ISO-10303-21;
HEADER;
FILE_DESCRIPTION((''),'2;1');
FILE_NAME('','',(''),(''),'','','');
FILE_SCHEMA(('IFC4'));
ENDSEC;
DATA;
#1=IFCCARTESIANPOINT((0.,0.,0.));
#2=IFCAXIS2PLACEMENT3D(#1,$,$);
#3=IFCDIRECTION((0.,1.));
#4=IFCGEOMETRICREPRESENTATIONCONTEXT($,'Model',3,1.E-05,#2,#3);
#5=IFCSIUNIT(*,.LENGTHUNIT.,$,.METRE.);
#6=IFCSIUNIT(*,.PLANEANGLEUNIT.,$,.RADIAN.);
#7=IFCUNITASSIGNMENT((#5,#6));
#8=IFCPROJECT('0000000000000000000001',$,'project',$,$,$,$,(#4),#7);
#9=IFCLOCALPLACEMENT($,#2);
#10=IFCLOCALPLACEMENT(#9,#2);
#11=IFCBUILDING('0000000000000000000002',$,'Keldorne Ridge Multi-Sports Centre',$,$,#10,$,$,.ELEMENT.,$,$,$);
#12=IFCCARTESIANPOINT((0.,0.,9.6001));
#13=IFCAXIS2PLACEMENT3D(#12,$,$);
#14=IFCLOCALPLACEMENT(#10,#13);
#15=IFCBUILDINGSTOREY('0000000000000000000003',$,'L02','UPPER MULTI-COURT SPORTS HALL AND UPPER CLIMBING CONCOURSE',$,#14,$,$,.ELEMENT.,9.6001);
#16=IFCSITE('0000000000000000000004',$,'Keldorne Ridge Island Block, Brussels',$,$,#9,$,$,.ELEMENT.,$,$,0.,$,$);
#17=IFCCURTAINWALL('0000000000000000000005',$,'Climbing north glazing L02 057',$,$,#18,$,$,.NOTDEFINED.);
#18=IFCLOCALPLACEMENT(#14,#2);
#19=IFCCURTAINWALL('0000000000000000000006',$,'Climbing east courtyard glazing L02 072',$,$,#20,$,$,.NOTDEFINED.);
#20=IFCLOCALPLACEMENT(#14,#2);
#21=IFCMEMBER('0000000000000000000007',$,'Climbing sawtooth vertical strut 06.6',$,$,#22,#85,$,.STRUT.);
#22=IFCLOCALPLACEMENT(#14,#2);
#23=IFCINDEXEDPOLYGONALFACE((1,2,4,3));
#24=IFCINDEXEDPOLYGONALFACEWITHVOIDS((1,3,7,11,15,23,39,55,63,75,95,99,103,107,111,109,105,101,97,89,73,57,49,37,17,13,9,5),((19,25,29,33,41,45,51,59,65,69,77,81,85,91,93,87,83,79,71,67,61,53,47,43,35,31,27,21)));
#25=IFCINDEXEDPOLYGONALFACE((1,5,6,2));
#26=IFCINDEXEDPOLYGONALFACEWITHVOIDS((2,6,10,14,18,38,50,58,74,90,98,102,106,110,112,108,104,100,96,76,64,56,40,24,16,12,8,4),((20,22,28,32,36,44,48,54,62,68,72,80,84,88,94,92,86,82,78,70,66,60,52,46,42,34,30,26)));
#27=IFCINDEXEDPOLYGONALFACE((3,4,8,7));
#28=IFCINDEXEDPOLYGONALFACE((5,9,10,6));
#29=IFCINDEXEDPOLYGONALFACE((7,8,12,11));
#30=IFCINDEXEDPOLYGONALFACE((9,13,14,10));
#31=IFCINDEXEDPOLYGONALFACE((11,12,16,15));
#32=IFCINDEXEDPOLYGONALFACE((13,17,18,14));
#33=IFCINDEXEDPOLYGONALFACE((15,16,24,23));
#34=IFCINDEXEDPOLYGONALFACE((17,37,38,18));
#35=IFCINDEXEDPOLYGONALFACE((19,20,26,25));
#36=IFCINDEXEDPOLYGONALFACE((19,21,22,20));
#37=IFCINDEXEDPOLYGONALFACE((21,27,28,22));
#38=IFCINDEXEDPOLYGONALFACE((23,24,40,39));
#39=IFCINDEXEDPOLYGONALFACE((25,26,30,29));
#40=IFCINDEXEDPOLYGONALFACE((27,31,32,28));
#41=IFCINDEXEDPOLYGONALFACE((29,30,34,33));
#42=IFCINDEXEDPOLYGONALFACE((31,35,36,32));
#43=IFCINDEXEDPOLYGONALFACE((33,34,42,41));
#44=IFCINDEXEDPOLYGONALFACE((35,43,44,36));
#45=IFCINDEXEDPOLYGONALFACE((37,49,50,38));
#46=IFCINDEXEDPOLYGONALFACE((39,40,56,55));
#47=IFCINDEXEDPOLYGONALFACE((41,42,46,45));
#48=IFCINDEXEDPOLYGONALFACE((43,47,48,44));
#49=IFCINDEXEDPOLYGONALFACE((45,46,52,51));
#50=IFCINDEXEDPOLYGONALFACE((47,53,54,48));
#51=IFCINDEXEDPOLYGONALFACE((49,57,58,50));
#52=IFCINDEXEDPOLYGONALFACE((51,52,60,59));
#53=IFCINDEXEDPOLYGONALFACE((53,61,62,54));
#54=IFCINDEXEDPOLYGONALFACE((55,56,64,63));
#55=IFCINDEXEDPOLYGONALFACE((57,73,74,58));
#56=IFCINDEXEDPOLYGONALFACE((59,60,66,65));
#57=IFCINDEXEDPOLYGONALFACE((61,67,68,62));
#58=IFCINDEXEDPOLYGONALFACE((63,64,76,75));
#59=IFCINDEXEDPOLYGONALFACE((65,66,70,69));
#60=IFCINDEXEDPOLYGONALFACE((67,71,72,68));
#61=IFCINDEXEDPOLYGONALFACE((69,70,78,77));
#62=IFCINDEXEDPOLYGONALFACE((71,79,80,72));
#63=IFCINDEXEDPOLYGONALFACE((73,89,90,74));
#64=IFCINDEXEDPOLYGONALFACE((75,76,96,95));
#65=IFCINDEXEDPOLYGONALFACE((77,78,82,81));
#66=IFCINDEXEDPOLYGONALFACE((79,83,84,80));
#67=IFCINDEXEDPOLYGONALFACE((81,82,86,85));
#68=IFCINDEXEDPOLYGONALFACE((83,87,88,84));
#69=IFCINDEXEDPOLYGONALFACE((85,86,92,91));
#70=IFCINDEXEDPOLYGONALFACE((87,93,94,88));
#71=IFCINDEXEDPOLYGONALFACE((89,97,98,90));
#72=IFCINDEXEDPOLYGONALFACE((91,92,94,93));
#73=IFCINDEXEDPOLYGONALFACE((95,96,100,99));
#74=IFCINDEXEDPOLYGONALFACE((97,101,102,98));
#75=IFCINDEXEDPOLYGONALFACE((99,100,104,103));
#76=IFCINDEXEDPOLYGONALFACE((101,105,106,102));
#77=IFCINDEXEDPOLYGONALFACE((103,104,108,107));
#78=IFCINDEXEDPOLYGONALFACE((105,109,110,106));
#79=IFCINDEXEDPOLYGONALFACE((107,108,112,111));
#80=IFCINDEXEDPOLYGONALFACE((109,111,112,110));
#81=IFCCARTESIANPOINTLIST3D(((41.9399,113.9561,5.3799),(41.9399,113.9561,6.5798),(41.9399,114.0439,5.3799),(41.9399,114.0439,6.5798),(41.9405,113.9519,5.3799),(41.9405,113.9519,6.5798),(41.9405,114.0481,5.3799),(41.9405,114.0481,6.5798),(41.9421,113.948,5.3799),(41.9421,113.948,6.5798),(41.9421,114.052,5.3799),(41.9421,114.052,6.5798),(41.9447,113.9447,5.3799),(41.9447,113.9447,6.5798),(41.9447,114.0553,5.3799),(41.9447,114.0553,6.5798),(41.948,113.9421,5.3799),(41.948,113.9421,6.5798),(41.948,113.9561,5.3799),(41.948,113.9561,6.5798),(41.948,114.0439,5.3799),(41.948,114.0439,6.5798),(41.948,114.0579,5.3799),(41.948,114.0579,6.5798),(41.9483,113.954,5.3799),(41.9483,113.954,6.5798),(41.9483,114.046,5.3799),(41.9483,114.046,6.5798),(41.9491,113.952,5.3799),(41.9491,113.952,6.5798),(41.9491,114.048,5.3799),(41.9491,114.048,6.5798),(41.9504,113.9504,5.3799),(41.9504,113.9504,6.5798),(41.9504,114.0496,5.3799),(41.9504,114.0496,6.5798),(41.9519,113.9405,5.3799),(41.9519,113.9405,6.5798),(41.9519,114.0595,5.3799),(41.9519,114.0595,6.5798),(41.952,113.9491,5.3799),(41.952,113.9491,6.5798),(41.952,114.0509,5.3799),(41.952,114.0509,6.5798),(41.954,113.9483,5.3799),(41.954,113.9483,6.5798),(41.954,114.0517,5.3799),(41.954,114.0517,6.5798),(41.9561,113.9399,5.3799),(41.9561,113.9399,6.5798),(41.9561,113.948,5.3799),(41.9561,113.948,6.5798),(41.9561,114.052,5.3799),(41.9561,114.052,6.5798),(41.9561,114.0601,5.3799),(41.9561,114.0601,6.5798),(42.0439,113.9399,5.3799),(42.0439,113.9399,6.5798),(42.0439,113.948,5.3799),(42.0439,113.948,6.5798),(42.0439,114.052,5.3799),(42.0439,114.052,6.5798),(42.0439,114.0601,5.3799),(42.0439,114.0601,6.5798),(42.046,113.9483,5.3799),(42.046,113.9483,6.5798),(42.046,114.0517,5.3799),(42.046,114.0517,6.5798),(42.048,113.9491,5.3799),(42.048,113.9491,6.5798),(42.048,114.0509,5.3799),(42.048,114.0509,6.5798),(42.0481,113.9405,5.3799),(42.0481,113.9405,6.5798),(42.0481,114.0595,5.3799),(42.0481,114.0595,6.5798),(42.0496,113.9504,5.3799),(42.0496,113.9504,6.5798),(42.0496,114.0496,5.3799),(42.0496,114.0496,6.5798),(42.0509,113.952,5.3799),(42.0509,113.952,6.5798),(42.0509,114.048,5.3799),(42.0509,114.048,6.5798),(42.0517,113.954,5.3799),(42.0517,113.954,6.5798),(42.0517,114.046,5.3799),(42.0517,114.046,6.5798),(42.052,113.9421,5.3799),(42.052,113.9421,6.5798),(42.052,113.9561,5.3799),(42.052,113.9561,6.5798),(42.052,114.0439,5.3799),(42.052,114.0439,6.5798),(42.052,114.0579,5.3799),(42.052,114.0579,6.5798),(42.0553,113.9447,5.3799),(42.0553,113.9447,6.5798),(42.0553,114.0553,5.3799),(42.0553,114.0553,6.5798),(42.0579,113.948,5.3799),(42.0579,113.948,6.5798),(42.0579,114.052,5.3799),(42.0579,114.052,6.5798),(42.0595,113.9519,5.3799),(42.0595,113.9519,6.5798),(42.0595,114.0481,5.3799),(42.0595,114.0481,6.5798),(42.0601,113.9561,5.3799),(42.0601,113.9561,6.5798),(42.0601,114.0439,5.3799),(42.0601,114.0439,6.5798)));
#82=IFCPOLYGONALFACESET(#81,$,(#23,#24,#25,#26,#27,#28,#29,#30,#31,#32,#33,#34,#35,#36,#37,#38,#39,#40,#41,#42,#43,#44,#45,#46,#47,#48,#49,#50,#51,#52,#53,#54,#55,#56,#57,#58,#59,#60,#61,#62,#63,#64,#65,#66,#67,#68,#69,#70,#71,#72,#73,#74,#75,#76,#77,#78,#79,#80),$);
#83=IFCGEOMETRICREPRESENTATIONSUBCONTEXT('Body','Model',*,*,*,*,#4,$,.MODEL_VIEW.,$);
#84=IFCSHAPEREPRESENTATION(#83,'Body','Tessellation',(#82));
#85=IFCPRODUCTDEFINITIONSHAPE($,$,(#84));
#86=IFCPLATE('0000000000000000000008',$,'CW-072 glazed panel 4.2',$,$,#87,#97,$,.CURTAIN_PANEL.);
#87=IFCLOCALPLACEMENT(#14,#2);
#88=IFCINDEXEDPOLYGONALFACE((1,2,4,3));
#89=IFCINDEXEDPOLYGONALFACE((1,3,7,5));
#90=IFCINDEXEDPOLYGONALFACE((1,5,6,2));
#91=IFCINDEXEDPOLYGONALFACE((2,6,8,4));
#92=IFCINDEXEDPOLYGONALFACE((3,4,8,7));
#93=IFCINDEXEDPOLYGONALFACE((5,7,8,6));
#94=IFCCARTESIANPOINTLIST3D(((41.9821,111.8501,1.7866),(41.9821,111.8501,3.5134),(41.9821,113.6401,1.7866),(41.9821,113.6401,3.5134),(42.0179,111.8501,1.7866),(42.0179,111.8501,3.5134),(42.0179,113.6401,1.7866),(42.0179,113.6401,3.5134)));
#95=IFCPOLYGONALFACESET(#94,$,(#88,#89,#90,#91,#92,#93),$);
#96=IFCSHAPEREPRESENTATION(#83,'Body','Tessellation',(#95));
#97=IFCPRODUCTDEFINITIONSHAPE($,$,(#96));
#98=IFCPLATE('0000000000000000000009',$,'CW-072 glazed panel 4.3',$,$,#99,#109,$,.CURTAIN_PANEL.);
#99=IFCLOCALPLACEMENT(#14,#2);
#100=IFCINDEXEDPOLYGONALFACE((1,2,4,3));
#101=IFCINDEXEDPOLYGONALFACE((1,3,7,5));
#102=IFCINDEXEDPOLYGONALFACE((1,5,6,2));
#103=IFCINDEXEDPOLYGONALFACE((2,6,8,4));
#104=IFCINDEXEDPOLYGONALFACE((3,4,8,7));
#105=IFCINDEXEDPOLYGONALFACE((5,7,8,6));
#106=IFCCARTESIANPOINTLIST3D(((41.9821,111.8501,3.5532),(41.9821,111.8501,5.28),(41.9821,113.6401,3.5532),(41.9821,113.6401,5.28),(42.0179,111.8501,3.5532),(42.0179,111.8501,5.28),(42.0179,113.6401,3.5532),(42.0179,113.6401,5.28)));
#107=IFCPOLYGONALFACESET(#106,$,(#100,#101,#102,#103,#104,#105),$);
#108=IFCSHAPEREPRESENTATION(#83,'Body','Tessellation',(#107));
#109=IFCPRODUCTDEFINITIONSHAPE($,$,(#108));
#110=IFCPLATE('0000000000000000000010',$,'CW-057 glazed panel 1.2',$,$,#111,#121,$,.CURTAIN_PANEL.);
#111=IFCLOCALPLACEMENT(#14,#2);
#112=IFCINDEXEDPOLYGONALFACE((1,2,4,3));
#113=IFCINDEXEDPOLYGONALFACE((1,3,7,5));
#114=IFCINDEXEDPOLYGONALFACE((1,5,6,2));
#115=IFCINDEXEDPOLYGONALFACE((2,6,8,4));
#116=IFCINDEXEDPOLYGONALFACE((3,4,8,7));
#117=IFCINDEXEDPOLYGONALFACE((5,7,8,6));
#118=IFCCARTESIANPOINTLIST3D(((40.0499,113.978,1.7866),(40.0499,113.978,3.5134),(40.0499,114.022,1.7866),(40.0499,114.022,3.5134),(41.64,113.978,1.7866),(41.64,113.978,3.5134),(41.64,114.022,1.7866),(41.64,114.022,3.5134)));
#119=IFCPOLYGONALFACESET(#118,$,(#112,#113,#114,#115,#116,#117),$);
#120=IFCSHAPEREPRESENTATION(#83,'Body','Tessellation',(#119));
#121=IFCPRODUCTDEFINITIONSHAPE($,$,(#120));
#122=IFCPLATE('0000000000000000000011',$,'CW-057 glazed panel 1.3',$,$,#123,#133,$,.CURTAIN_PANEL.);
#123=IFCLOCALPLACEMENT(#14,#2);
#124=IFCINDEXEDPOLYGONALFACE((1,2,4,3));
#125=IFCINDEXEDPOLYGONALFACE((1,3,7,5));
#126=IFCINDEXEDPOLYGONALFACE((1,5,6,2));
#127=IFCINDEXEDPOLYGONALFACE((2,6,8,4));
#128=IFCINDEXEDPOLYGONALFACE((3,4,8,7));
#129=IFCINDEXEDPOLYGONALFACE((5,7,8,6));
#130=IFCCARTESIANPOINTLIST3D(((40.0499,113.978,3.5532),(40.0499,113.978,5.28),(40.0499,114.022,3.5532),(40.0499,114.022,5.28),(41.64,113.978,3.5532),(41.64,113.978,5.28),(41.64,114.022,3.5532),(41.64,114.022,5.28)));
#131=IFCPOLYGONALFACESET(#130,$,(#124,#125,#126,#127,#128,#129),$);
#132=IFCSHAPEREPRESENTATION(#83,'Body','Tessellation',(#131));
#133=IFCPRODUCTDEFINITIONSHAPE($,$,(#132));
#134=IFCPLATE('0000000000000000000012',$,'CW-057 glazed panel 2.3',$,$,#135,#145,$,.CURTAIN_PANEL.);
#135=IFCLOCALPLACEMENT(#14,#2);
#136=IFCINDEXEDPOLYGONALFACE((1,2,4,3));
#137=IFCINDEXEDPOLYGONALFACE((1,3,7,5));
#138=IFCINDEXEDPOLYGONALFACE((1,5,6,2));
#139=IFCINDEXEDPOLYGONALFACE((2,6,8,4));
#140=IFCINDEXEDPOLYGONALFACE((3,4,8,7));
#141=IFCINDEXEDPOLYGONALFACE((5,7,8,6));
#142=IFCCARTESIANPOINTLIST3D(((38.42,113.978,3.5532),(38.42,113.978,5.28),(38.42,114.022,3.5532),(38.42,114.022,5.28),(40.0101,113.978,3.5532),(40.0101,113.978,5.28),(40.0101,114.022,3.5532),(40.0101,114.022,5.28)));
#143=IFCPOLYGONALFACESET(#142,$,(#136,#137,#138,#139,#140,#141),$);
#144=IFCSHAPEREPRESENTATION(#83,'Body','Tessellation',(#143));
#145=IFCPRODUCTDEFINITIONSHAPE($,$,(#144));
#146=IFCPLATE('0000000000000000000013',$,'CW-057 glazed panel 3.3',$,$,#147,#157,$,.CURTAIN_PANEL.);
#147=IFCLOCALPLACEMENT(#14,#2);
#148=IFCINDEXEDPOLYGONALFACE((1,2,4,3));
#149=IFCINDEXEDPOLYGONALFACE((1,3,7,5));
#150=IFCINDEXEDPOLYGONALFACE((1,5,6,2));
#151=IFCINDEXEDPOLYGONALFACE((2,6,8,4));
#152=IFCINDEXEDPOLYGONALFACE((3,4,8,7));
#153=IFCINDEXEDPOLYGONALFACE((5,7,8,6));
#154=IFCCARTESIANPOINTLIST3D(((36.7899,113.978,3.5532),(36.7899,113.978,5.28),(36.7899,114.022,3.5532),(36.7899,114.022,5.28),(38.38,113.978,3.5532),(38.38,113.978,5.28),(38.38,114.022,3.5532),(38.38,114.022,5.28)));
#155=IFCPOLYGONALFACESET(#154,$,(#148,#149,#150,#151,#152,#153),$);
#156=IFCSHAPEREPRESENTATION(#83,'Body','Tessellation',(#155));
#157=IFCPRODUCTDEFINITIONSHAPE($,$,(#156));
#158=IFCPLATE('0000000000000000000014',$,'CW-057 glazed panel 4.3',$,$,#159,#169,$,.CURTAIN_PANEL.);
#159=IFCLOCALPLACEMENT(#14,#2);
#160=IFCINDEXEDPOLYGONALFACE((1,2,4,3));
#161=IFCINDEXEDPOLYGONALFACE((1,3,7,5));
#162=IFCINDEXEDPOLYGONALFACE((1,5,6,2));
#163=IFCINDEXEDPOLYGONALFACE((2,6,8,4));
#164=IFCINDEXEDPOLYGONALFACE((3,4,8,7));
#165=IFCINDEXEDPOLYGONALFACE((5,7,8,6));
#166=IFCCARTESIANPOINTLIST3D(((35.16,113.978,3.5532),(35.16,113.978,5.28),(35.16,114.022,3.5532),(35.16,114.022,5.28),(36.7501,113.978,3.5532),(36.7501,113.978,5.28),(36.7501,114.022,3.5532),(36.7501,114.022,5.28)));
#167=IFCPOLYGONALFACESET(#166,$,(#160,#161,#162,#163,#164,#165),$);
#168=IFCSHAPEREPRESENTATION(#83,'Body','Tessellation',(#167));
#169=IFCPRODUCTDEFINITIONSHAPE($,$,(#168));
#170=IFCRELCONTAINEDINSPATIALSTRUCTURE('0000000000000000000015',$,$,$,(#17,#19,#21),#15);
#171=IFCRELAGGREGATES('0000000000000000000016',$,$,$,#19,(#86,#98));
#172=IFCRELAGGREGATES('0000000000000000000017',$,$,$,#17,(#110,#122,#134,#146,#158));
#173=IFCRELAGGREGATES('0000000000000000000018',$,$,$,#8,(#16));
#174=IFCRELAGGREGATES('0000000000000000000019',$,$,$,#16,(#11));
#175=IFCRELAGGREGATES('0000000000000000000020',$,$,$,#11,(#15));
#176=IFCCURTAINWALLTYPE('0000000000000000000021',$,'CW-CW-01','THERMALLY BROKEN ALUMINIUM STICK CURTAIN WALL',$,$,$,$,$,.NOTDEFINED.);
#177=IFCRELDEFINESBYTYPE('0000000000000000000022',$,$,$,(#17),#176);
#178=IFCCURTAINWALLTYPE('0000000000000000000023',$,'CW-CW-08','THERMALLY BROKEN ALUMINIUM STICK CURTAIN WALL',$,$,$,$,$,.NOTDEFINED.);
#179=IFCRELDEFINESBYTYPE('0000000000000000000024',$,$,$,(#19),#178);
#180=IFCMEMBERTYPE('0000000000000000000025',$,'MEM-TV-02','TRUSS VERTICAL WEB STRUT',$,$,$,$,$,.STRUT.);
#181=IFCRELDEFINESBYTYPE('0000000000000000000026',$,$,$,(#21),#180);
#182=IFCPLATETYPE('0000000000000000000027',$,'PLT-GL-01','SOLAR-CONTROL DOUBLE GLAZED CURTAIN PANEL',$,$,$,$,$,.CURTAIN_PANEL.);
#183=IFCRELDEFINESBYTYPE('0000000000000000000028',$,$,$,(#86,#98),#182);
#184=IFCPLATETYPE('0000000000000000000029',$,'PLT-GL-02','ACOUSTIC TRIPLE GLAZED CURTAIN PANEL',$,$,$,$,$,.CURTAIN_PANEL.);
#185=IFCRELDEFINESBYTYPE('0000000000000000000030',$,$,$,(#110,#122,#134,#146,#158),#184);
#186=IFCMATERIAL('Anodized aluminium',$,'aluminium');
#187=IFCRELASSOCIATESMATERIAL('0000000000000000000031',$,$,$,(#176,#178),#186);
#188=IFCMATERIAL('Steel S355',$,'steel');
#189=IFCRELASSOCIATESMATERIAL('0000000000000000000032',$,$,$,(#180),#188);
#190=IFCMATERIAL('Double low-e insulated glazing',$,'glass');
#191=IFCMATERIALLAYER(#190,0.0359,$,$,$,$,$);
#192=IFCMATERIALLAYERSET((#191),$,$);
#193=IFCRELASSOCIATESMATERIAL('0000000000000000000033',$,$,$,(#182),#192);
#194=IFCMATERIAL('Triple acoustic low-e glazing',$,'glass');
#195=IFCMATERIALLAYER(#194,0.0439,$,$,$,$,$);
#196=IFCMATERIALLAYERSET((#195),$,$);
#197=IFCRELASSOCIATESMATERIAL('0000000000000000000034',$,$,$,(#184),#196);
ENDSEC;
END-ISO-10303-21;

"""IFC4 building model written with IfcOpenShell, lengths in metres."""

from ifc_helpers import new_model, si_unit, direction, frame, origin, origin_2d, place, context, subcontext, project, spatial, rectangle, hollow_rectangle, extrude, material, layer, layer_set, material_profile, profile_set, type_object, element, aggregate, save


model = new_model("IFC4")

# Units and contexts
model_context = context("Model", 3, precision=1e-05, world=origin(), true_north=direction((0.0, 1.0)))
body_context = subcontext(model_context, "Body", "Model", "MODEL_VIEW")
ifc_project = project(units=[si_unit("LENGTHUNIT", "METRE"), si_unit("PLANEANGLEUNIT", "RADIAN")], contexts=[model_context])

# Site, building, storey
site_placement = place(None, origin())
site = spatial("IfcSite", under=ifc_project, at=site_placement, Name="Keldorne Ridge Island Block, Brussels", CompositionType="ELEMENT", RefElevation=0.0)
building_placement = place(site_placement, origin())
building = spatial("IfcBuilding", under=site, at=building_placement, Name="Keldorne Ridge Multi-Sports Centre", CompositionType="ELEMENT")
storey_placement = place(building_placement, frame((0.0, 0.0, 9.6001)))
storey = spatial("IfcBuildingStorey", under=building, at=storey_placement, Name="L02", Description="UPPER MULTI-COURT SPORTS HALL AND UPPER CLIMBING CONCOURSE", CompositionType="ELEMENT", Elevation=9.6001)

# Shared definitions
ifc_material_1 = material(Name="Steel S355", Category="steel")

# Curtain walls
ifc_material_2 = material(Name="Anodized aluminium", Category="aluminium")
curtain_wall_type_1 = type_object("IfcCurtainWallType", Name="CW-CW-01", Description="THERMALLY BROKEN ALUMINIUM STICK CURTAIN WALL", PredefinedType="NOTDEFINED", material=ifc_material_2)
curtain_wall_1_placement = place(storey_placement, origin())
curtain_wall_1 = element("IfcCurtainWall", 1, at=curtain_wall_1_placement, inside=storey, type_object=curtain_wall_type_1, Name="Climbing north glazing L02 057", PredefinedType="NOTDEFINED")
curtain_wall_type_2 = type_object("IfcCurtainWallType", Name="CW-CW-08", Description="THERMALLY BROKEN ALUMINIUM STICK CURTAIN WALL", PredefinedType="NOTDEFINED", material=ifc_material_2)
curtain_wall_2_placement = place(storey_placement, origin())
curtain_wall_2 = element("IfcCurtainWall", 2, at=curtain_wall_2_placement, inside=storey, type_object=curtain_wall_type_2, Name="Climbing east courtyard glazing L02 072", PredefinedType="NOTDEFINED")

# Member
ifc_material_profile_1 = material_profile(ifc_material_1, hollow_rectangle(XDim=0.1201, YDim=0.1201, WallThickness=0.0081, InnerFilletRadius=0.0081, OuterFilletRadius=0.0161, at=origin_2d()), Name="SHS 120x120x8")
ifc_profile_set_1 = profile_set([ifc_material_profile_1], Name="Steel S355")
member_type_1 = type_object("IfcMemberType", Name="MEM-TV-02", Description="TRUSS VERTICAL WEB STRUT", PredefinedType="STRUT", material=ifc_profile_set_1)
member_1_placement = place(storey_placement, frame((42.0, 114.0, 5.3799), z_axis=(0.0, 0.0, 1.0), x_axis=(1.0, 0.0, 0.0)))
element("IfcMember", 3, at=member_1_placement, inside=storey, type_object=member_type_1, Name="Climbing sawtooth vertical strut 06.6", PredefinedType="STRUT", context=body_context, shape_type="SweptSolid", body=[
    extrude(hollow_rectangle(XDim=0.1201, YDim=0.1201, WallThickness=0.0081, InnerFilletRadius=0.0081, OuterFilletRadius=0.0161, at=origin_2d()), origin(), (0.0, 0.0, 1.0), 1.2),
])

# Plates
ifc_material_3 = material(Name="Double low-e insulated glazing", Category="glass")
ifc_layer_1 = layer(ifc_material_3, 0.0359)
ifc_layer_set_1 = layer_set([ifc_layer_1])
plate_type_1 = type_object("IfcPlateType", Name="PLT-GL-01", Description="SOLAR-CONTROL DOUBLE GLAZED CURTAIN PANEL", PredefinedType="CURTAIN_PANEL", material=ifc_layer_set_1)
plate_1_placement = place(storey_placement, frame((42.0, 112.7451, 1.7866), z_axis=(0.0, 0.0, 1.0), x_axis=(0.0, 1.0, 0.0)))
plate_1 = element("IfcPlate", 4, at=plate_1_placement, type_object=plate_type_1, Name="CW-072 glazed panel 4.2", PredefinedType="CURTAIN_PANEL", context=body_context, shape_type="SweptSolid", body=[
    extrude(rectangle(XDim=1.79, YDim=0.0359, at=origin_2d()), origin(), (0.0, 0.0, 1.0), 1.7268),
])
plate_2_placement = place(storey_placement, frame((42.0, 112.7451, 3.5532), z_axis=(0.0, 0.0, 1.0), x_axis=(0.0, 1.0, 0.0)))
plate_2 = element("IfcPlate", 5, at=plate_2_placement, type_object=plate_type_1, Name="CW-072 glazed panel 4.3", PredefinedType="CURTAIN_PANEL", context=body_context, shape_type="SweptSolid", body=[
    extrude(rectangle(XDim=1.79, YDim=0.0359, at=origin_2d()), origin(), (0.0, 0.0, 1.0), 1.7268),
])
aggregate(curtain_wall_2, [plate_1, plate_2])
ifc_material_4 = material(Name="Triple acoustic low-e glazing", Category="glass")
ifc_layer_2 = layer(ifc_material_4, 0.0439)
ifc_layer_set_2 = layer_set([ifc_layer_2])
plate_type_2 = type_object("IfcPlateType", Name="PLT-GL-02", Description="ACOUSTIC TRIPLE GLAZED CURTAIN PANEL", PredefinedType="CURTAIN_PANEL", material=ifc_layer_set_2)
plate_3_placement = place(storey_placement, frame((40.845, 114.0, 1.7866), z_axis=(0.0, 0.0, 1.0), x_axis=(-1.0, 0.0, 0.0)))
plate_3 = element("IfcPlate", 6, at=plate_3_placement, type_object=plate_type_2, Name="CW-057 glazed panel 1.2", PredefinedType="CURTAIN_PANEL", context=body_context, shape_type="SweptSolid", body=[
    extrude(rectangle(XDim=1.5901, YDim=0.0439, at=origin_2d()), origin(), (0.0, 0.0, 1.0), 1.7268),
])
plate_4_placement = place(storey_placement, frame((40.845, 114.0, 3.5532), z_axis=(0.0, 0.0, 1.0), x_axis=(-1.0, 0.0, 0.0)))
plate_4 = element("IfcPlate", 7, at=plate_4_placement, type_object=plate_type_2, Name="CW-057 glazed panel 1.3", PredefinedType="CURTAIN_PANEL", context=body_context, shape_type="SweptSolid", body=[
    extrude(rectangle(XDim=1.5901, YDim=0.0439, at=origin_2d()), origin(), (0.0, 0.0, 1.0), 1.7268),
])
plate_5_placement = place(storey_placement, frame((39.2151, 114.0, 3.5532), z_axis=(0.0, 0.0, 1.0), x_axis=(-1.0, 0.0, 0.0)))
plate_5 = element("IfcPlate", 8, at=plate_5_placement, type_object=plate_type_2, Name="CW-057 glazed panel 2.3", PredefinedType="CURTAIN_PANEL", context=body_context, shape_type="SweptSolid", body=[
    extrude(rectangle(XDim=1.5901, YDim=0.0439, at=origin_2d()), origin(), (0.0, 0.0, 1.0), 1.7268),
])
plate_6_placement = place(storey_placement, frame((37.585, 114.0, 3.5532), z_axis=(0.0, 0.0, 1.0), x_axis=(-1.0, 0.0, 0.0)))
plate_6 = element("IfcPlate", 9, at=plate_6_placement, type_object=plate_type_2, Name="CW-057 glazed panel 3.3", PredefinedType="CURTAIN_PANEL", context=body_context, shape_type="SweptSolid", body=[
    extrude(rectangle(XDim=1.5901, YDim=0.0439, at=origin_2d()), origin(), (0.0, 0.0, 1.0), 1.7268),
])
plate_7_placement = place(storey_placement, frame((35.9551, 114.0, 3.5532), z_axis=(0.0, 0.0, 1.0), x_axis=(-1.0, 0.0, 0.0)))
plate_7 = element("IfcPlate", 10, at=plate_7_placement, type_object=plate_type_2, Name="CW-057 glazed panel 4.3", PredefinedType="CURTAIN_PANEL", context=body_context, shape_type="SweptSolid", body=[
    extrude(rectangle(XDim=1.5901, YDim=0.0439, at=origin_2d()), origin(), (0.0, 0.0, 1.0), 1.7268),
])
aggregate(curtain_wall_1, [plate_3, plate_4, plate_5, plate_6, plate_7])

save(model, "model.ifc")
